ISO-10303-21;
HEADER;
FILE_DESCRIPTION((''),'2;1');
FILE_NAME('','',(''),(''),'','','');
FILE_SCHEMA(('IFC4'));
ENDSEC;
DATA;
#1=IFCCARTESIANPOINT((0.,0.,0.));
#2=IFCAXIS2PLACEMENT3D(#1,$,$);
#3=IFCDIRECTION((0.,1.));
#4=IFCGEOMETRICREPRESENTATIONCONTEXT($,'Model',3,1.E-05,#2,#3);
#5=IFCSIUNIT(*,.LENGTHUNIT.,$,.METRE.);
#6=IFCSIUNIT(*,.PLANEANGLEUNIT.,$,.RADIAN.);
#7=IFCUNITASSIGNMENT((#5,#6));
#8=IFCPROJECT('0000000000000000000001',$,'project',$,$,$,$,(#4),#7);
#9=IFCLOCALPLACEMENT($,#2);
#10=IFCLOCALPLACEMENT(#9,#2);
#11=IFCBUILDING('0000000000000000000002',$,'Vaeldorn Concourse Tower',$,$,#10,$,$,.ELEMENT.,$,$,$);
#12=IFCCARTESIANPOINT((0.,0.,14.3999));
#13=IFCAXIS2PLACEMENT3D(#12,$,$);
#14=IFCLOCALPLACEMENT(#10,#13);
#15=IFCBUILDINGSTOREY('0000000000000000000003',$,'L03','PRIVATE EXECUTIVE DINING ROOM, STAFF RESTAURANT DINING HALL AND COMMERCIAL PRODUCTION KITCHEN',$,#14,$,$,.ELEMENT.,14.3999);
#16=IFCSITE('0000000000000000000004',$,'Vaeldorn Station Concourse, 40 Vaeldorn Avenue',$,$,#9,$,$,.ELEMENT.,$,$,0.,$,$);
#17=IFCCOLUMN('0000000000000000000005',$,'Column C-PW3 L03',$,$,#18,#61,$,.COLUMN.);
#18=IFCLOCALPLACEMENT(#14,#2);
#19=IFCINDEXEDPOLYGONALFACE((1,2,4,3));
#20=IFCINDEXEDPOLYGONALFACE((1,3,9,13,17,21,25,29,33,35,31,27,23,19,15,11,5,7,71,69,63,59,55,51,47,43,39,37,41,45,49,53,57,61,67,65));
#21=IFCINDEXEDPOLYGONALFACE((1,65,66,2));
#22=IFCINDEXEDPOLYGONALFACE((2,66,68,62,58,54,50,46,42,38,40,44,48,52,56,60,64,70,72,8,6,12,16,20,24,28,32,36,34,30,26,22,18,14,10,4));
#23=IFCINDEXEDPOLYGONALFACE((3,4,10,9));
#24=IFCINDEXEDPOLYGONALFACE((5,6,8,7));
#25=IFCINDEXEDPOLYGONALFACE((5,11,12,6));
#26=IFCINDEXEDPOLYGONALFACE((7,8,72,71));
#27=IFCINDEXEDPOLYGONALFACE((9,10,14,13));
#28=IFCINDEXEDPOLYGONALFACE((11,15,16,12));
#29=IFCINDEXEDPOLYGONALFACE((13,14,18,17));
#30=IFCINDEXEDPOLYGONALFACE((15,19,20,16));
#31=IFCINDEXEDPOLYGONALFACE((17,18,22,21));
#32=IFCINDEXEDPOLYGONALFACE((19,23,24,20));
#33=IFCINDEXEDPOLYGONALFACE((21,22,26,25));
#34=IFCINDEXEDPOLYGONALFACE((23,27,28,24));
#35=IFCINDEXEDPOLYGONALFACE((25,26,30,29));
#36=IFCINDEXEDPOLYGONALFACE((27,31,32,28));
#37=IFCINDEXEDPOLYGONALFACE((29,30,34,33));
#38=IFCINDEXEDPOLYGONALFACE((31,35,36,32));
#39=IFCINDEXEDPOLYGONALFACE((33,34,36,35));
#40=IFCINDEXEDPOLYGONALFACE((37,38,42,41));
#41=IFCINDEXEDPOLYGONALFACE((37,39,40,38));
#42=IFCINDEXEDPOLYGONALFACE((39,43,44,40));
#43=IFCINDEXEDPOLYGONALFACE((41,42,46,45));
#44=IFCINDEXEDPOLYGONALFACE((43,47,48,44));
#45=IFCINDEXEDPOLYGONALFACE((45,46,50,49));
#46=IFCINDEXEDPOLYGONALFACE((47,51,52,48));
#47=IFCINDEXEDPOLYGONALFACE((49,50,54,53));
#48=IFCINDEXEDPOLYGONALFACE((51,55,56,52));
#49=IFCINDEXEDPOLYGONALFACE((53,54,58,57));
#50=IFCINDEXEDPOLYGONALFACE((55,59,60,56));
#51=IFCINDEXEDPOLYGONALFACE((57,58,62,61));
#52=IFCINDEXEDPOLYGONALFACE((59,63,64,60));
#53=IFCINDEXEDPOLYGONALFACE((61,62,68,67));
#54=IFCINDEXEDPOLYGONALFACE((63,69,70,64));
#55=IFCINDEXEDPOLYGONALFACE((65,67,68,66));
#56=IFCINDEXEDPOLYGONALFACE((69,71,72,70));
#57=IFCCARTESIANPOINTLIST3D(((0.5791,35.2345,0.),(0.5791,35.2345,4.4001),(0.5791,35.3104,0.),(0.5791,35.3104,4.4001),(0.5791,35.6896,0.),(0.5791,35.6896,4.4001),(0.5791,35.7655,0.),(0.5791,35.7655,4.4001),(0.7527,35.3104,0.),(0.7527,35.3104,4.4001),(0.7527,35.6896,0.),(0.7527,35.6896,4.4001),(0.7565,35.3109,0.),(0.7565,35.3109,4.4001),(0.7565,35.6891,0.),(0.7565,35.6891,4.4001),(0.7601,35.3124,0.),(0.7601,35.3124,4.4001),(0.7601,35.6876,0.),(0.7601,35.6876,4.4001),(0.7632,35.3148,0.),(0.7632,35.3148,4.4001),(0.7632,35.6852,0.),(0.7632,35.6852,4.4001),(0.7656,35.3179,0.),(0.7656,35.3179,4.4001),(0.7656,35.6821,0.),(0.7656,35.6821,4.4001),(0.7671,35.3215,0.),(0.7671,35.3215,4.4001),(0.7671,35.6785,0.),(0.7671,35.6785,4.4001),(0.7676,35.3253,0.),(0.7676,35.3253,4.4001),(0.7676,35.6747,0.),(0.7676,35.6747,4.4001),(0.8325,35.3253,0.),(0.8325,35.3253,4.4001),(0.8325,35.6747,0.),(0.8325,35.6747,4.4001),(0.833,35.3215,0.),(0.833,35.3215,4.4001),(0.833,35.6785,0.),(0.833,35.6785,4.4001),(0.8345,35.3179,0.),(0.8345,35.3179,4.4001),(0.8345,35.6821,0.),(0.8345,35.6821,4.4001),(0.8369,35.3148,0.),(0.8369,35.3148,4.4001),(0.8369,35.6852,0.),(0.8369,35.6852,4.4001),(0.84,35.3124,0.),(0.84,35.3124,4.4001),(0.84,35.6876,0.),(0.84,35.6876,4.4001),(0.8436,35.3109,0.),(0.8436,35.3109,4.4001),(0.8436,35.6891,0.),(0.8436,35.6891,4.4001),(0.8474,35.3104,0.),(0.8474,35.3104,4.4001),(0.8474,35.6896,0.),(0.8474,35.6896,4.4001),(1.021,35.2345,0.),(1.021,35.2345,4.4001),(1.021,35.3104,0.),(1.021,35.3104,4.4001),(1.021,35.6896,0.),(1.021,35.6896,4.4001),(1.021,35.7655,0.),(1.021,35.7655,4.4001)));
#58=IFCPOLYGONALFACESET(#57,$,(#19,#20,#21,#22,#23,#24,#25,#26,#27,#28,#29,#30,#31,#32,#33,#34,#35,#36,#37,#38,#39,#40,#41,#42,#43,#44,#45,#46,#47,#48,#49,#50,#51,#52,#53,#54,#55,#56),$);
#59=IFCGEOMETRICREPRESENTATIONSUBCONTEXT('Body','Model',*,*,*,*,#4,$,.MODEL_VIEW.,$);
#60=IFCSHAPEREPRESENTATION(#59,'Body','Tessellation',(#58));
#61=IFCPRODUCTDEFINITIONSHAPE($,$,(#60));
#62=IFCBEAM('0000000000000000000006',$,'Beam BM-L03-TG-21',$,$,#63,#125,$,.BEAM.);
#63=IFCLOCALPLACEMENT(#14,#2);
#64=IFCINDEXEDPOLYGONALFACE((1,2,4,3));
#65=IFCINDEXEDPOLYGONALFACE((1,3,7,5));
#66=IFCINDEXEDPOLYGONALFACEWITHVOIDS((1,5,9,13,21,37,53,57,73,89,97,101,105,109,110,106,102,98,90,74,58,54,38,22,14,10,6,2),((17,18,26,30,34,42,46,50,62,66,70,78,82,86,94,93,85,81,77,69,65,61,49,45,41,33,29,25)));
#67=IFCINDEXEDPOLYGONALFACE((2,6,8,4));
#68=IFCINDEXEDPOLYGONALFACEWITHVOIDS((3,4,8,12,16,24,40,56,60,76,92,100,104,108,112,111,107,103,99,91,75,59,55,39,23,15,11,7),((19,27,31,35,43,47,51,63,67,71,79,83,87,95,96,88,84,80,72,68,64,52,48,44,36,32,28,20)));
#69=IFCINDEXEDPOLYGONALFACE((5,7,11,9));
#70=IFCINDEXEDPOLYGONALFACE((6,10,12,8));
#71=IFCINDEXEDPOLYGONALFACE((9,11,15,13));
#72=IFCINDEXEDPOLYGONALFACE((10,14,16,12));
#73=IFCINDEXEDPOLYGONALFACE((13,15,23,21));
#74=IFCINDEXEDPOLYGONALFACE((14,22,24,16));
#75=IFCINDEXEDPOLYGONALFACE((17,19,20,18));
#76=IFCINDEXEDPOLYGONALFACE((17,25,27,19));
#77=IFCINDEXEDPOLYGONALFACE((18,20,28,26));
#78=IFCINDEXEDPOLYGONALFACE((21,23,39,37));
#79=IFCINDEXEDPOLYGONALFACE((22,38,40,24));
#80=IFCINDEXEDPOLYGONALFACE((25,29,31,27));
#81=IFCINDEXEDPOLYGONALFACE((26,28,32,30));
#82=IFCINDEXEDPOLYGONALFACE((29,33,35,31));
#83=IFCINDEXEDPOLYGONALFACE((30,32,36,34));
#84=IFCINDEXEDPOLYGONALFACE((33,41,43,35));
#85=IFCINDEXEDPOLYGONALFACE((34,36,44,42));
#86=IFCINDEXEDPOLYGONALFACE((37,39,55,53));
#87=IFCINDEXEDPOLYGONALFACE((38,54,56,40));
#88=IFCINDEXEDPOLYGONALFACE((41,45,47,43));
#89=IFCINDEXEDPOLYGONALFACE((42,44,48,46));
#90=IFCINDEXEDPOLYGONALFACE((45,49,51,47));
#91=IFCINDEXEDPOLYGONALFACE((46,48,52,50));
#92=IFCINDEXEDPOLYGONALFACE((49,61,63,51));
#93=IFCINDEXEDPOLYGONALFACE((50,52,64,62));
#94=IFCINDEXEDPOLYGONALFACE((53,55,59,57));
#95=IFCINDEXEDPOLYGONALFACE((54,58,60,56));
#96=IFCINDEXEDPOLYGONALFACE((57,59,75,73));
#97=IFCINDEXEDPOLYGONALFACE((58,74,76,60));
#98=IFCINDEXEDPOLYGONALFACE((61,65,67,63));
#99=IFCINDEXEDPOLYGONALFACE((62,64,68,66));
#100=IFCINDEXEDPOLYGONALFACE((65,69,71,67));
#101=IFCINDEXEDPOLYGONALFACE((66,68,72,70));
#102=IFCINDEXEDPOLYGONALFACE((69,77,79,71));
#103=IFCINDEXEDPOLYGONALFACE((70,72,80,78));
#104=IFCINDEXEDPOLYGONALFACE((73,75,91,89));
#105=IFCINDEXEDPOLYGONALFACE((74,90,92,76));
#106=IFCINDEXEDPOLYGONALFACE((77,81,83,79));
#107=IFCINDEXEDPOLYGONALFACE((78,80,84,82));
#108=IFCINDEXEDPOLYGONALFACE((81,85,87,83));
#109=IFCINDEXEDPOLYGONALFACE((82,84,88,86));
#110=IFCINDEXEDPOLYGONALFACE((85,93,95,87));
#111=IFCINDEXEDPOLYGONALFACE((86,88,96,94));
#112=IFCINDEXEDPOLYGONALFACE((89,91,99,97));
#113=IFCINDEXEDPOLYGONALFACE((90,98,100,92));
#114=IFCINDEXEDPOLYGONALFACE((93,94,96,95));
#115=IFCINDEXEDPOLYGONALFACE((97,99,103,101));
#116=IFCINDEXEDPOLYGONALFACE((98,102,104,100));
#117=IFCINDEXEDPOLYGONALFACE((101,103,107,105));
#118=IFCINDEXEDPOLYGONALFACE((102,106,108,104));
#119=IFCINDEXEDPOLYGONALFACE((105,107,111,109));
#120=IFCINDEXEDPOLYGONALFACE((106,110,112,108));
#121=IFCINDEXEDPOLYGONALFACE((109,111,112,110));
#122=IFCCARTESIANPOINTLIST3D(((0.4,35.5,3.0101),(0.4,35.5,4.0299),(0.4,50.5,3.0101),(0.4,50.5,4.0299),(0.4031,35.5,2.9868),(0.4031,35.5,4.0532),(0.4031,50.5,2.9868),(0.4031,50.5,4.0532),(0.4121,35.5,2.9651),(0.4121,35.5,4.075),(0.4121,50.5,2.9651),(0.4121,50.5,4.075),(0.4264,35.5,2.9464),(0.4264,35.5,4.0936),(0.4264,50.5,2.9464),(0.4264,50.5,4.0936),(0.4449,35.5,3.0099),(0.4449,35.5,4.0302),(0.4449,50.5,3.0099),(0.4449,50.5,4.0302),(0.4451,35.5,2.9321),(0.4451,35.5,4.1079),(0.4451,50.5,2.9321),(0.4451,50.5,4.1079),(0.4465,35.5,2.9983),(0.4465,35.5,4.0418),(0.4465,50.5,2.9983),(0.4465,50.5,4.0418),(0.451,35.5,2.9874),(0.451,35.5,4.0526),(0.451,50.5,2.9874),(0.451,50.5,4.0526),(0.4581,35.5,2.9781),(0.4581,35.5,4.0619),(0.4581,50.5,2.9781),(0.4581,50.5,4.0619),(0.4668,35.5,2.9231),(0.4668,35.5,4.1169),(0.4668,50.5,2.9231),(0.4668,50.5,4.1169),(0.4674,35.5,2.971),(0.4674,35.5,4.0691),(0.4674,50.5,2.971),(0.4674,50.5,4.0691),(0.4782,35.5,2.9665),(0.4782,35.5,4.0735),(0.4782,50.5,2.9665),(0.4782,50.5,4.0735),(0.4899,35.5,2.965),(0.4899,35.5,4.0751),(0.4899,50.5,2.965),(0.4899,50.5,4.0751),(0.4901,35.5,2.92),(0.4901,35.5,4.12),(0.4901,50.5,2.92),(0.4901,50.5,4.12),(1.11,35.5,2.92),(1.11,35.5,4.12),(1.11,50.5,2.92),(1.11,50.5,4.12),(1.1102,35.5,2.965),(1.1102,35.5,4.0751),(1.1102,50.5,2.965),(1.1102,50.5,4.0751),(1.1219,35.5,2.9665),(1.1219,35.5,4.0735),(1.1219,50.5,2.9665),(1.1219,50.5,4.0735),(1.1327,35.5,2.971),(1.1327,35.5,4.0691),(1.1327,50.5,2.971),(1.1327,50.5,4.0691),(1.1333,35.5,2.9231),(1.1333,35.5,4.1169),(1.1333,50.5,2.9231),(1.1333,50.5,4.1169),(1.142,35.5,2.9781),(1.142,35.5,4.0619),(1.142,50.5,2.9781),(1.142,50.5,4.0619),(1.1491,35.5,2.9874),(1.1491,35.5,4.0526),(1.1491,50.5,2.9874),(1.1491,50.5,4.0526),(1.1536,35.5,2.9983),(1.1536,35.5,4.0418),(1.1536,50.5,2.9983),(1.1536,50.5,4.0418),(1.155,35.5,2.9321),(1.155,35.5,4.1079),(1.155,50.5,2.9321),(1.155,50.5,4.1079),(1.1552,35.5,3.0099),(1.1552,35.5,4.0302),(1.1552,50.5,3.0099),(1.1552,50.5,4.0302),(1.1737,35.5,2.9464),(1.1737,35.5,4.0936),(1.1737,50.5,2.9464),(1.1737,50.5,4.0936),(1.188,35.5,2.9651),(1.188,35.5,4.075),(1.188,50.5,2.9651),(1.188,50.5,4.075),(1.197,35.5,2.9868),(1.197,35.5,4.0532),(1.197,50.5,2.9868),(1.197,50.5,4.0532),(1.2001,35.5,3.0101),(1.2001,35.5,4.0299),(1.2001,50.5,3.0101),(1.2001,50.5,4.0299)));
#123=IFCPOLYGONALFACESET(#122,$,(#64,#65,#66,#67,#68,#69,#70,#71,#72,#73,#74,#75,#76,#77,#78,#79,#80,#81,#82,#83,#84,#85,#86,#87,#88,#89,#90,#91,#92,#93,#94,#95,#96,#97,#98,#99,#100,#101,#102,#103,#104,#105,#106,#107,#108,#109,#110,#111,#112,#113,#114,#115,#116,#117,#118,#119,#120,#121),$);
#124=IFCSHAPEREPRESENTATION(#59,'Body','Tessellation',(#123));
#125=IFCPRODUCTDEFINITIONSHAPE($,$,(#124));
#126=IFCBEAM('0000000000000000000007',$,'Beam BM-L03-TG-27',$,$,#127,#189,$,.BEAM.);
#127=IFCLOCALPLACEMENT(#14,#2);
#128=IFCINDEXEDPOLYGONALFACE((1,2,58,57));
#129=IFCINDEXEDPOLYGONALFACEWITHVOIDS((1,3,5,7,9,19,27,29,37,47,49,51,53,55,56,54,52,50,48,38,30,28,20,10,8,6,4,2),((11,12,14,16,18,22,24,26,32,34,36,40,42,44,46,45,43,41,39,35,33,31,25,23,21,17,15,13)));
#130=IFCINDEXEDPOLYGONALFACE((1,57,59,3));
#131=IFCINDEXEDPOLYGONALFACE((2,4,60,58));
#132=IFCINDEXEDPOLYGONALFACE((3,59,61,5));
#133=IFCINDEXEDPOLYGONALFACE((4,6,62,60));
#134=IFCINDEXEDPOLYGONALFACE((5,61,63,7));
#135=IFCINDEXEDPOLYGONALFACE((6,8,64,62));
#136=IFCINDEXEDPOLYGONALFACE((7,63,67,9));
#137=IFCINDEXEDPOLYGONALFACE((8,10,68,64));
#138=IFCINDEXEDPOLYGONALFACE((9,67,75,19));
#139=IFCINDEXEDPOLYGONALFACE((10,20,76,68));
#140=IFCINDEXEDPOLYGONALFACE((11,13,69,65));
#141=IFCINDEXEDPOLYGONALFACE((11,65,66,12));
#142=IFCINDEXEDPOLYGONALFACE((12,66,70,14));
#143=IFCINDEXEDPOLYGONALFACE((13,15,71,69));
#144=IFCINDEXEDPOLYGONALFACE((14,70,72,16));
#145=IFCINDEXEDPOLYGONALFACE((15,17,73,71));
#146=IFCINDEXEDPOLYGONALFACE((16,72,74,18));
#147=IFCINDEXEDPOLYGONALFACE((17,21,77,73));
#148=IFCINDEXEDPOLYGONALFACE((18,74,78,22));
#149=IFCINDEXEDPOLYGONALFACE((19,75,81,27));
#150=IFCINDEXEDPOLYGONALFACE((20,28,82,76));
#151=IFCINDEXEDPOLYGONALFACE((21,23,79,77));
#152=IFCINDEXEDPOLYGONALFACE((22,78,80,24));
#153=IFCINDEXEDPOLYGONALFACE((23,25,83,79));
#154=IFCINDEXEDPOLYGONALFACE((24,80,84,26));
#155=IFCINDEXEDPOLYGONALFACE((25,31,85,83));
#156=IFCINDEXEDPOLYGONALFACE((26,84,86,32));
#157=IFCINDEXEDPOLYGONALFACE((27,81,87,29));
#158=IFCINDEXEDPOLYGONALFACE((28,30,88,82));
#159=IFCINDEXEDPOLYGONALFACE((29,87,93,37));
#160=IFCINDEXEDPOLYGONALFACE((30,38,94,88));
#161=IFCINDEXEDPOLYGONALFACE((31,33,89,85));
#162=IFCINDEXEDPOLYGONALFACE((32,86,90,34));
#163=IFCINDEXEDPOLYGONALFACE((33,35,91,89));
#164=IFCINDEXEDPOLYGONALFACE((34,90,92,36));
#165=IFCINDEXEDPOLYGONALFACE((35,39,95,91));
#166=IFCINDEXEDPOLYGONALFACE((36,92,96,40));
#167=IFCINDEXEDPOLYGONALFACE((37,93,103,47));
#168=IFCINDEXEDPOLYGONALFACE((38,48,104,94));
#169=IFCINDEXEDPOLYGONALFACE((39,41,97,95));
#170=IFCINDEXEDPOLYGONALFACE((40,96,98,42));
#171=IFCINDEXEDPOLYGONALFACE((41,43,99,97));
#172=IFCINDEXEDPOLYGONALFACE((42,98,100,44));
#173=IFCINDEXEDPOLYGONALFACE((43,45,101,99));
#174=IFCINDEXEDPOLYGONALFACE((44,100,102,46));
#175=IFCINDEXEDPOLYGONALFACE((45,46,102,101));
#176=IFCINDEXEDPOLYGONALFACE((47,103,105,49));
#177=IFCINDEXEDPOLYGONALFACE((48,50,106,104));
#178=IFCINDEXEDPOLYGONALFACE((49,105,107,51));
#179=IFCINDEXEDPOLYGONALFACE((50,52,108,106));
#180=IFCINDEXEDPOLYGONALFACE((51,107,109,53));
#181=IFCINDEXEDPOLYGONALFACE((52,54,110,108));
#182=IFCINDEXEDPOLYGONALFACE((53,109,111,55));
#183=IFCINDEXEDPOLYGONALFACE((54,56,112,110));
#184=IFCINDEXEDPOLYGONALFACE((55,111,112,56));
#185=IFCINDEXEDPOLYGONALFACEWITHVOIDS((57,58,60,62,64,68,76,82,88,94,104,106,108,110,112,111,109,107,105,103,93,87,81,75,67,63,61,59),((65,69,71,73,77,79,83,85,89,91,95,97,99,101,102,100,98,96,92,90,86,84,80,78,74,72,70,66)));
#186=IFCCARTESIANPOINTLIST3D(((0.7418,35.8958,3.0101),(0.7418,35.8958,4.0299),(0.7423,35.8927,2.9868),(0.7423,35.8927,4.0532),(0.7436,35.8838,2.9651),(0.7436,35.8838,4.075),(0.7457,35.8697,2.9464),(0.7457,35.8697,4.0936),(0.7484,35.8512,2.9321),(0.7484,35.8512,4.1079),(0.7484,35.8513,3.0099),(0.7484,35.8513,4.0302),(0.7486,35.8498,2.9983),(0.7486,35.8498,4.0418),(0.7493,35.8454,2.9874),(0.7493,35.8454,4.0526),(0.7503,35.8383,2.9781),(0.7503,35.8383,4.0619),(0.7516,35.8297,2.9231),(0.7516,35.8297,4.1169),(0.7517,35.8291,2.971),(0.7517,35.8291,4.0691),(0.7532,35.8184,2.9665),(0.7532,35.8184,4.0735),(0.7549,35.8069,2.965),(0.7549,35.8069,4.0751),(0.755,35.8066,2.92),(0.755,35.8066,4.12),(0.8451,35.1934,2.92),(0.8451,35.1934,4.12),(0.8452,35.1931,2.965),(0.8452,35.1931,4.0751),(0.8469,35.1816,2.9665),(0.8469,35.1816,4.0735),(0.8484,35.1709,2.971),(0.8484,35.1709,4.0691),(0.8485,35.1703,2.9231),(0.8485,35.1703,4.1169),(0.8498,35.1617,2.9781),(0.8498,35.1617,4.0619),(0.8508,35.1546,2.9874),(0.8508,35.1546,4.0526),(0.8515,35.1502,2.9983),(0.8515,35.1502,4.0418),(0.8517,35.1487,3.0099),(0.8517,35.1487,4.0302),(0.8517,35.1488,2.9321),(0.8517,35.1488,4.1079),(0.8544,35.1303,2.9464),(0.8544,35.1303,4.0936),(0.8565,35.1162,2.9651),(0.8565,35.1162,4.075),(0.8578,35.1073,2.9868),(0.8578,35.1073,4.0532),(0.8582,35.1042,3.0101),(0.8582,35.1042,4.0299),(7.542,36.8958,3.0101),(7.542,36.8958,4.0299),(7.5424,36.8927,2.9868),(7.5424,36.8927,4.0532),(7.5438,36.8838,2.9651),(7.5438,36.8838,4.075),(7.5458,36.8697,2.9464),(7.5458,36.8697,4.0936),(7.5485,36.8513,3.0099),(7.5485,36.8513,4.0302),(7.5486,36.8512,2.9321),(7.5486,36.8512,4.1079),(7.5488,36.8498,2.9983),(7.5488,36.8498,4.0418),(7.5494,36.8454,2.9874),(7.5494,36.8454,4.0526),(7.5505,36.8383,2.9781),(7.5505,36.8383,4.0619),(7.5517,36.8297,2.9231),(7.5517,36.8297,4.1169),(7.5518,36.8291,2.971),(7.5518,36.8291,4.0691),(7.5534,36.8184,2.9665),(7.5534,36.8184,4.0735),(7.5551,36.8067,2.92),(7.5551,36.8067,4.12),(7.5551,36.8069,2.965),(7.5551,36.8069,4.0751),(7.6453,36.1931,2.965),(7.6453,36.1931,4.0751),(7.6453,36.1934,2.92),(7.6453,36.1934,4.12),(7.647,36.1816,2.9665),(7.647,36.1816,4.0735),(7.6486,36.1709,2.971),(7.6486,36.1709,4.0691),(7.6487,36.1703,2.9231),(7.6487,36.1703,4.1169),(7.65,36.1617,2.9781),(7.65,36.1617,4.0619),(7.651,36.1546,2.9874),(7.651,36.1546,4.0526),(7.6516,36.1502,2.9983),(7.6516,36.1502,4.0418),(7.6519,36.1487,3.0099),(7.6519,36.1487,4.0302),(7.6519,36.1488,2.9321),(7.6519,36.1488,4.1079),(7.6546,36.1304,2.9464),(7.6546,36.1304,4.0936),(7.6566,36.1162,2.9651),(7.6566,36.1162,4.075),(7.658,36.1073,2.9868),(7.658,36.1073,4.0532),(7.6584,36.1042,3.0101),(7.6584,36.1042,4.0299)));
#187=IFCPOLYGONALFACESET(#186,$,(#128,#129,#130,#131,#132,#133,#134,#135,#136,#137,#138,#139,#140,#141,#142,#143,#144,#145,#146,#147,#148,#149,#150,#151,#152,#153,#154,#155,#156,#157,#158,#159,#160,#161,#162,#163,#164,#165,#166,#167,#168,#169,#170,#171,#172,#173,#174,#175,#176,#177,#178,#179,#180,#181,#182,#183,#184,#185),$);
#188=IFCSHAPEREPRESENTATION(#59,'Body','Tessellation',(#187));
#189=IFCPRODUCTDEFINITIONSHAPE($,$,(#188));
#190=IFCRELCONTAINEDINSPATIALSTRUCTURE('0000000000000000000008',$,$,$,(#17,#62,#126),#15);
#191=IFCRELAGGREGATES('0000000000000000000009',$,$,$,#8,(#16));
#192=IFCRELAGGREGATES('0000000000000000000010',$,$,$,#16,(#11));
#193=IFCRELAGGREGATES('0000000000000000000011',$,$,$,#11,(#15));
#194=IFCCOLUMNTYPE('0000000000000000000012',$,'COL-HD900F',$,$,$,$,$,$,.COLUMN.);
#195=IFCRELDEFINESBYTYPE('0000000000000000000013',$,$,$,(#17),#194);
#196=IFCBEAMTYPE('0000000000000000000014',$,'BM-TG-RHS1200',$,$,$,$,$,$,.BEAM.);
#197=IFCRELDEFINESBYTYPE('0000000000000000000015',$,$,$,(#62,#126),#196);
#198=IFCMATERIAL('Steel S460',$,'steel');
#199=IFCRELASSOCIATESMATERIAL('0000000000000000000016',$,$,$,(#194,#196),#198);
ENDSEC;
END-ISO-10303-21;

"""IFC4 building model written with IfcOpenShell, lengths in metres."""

from ifc_helpers import new_model, si_unit, direction, frame, origin, origin_2d, place, context, subcontext, project, spatial, hollow_rectangle, i_section, extrude, source, transform, mapped, material, material_profile, profile_set, type_object, element, save


model = new_model("IFC4")

# Units and contexts
model_context = context("Model", 3, precision=1e-05, world=origin(), true_north=direction((0.0, 1.0)))
body_context = subcontext(model_context, "Body", "Model", "MODEL_VIEW")
ifc_project = project(units=[si_unit("LENGTHUNIT", "METRE"), si_unit("PLANEANGLEUNIT", "RADIAN")], contexts=[model_context])

# Site, building, storey
site_placement = place(None, origin())
site = spatial("IfcSite", under=ifc_project, at=site_placement, Name="Vaeldorn Station Concourse, 40 Vaeldorn Avenue", CompositionType="ELEMENT", RefElevation=0.0)
building_placement = place(site_placement, origin())
building = spatial("IfcBuilding", under=site, at=building_placement, Name="Vaeldorn Concourse Tower", CompositionType="ELEMENT")
storey_placement = place(building_placement, frame((0.0, 0.0, 14.3999)))
storey = spatial("IfcBuildingStorey", under=building, at=storey_placement, Name="L03", Description="PRIVATE EXECUTIVE DINING ROOM, STAFF RESTAURANT DINING HALL AND COMMERCIAL PRODUCTION KITCHEN", CompositionType="ELEMENT", Elevation=14.3999)

# Column
ifc_material_1 = material(Name="Steel S460", Category="steel")
ifc_material_profile_1 = material_profile(ifc_material_1, i_section(OverallWidth=0.4419, OverallDepth=0.531, WebThickness=0.0649, FlangeThickness=0.0759, FilletRadius=0.0149, at=origin_2d()), Name="HD 400x900")
ifc_profile_set_1 = profile_set([ifc_material_profile_1], Name="Steel S460")
column_type = type_object("IfcColumnType", Name="COL-HD900F", PredefinedType="COLUMN", material=ifc_profile_set_1)
shared_shape_1 = source(origin(), body_context, "Body", "SweptSolid", [
    extrude(i_section(OverallWidth=0.4419, OverallDepth=0.531, WebThickness=0.0649, FlangeThickness=0.0759, FilletRadius=0.0149, at=origin_2d()), origin(), (0.0, 0.0, 1.0), 4.4001),
])
column_placement = place(storey_placement, frame((0.8, 35.5, 0.0), z_axis=(0.0, 0.0, 1.0), x_axis=(1.0, 0.0, 0.0)))
element("IfcColumn", 1, at=column_placement, inside=storey, type_object=column_type, Name="Column C-PW3 L03", PredefinedType="COLUMN", context=body_context, shape_type="MappedRepresentation", body=[
    mapped(shared_shape_1, transform((0.0, 0.0, 0.0), scale=1.0)),
])

# Beams
ifc_material_profile_2 = material_profile(ifc_material_1, hollow_rectangle(XDim=0.8, YDim=1.2, WallThickness=0.0449, InnerFilletRadius=0.0449, OuterFilletRadius=0.0901, at=origin_2d()), Name="RHS 1200x800x45")
ifc_profile_set_2 = profile_set([ifc_material_profile_2], Name="Steel S460")
beam_type = type_object("IfcBeamType", Name="BM-TG-RHS1200", PredefinedType="BEAM", material=ifc_profile_set_2)
shared_shape_2 = source(origin(), body_context, "Body", "SweptSolid", [
    extrude(hollow_rectangle(XDim=0.8, YDim=1.2, WallThickness=0.0449, InnerFilletRadius=0.0449, OuterFilletRadius=0.0901, at=origin_2d()), origin(), (0.0, 0.0, 1.0), 15.0),
])
beam_1_placement = place(storey_placement, frame((0.8, 35.5, 3.52), z_axis=(0.0, 1.0, 0.0), x_axis=(-1.0, 0.0, 0.0)))
element("IfcBeam", 2, at=beam_1_placement, inside=storey, type_object=beam_type, Name="Beam BM-L03-TG-21", PredefinedType="BEAM", context=body_context, shape_type="MappedRepresentation", body=[
    mapped(shared_shape_2, transform((0.0, 0.0, 0.0), scale=1.0)),
])
shared_shape_3 = source(origin(), body_context, "Body", "SweptSolid", [
    extrude(hollow_rectangle(XDim=0.8, YDim=1.2, WallThickness=0.0449, InnerFilletRadius=0.0449, OuterFilletRadius=0.0901, at=origin_2d()), origin(), (0.0, 0.0, 1.0), 6.8733),
])
beam_2_placement = place(storey_placement, frame((0.8, 35.5, 3.52), z_axis=(0.989359, 0.145493, 0.0), x_axis=(-0.145493, 0.989359, 0.0)))
element("IfcBeam", 3, at=beam_2_placement, inside=storey, type_object=beam_type, Name="Beam BM-L03-TG-27", PredefinedType="BEAM", context=body_context, shape_type="MappedRepresentation", body=[
    mapped(shared_shape_3, transform((0.0, 0.0, 0.0), scale=1.0)),
])

save(model, "model.ifc")
